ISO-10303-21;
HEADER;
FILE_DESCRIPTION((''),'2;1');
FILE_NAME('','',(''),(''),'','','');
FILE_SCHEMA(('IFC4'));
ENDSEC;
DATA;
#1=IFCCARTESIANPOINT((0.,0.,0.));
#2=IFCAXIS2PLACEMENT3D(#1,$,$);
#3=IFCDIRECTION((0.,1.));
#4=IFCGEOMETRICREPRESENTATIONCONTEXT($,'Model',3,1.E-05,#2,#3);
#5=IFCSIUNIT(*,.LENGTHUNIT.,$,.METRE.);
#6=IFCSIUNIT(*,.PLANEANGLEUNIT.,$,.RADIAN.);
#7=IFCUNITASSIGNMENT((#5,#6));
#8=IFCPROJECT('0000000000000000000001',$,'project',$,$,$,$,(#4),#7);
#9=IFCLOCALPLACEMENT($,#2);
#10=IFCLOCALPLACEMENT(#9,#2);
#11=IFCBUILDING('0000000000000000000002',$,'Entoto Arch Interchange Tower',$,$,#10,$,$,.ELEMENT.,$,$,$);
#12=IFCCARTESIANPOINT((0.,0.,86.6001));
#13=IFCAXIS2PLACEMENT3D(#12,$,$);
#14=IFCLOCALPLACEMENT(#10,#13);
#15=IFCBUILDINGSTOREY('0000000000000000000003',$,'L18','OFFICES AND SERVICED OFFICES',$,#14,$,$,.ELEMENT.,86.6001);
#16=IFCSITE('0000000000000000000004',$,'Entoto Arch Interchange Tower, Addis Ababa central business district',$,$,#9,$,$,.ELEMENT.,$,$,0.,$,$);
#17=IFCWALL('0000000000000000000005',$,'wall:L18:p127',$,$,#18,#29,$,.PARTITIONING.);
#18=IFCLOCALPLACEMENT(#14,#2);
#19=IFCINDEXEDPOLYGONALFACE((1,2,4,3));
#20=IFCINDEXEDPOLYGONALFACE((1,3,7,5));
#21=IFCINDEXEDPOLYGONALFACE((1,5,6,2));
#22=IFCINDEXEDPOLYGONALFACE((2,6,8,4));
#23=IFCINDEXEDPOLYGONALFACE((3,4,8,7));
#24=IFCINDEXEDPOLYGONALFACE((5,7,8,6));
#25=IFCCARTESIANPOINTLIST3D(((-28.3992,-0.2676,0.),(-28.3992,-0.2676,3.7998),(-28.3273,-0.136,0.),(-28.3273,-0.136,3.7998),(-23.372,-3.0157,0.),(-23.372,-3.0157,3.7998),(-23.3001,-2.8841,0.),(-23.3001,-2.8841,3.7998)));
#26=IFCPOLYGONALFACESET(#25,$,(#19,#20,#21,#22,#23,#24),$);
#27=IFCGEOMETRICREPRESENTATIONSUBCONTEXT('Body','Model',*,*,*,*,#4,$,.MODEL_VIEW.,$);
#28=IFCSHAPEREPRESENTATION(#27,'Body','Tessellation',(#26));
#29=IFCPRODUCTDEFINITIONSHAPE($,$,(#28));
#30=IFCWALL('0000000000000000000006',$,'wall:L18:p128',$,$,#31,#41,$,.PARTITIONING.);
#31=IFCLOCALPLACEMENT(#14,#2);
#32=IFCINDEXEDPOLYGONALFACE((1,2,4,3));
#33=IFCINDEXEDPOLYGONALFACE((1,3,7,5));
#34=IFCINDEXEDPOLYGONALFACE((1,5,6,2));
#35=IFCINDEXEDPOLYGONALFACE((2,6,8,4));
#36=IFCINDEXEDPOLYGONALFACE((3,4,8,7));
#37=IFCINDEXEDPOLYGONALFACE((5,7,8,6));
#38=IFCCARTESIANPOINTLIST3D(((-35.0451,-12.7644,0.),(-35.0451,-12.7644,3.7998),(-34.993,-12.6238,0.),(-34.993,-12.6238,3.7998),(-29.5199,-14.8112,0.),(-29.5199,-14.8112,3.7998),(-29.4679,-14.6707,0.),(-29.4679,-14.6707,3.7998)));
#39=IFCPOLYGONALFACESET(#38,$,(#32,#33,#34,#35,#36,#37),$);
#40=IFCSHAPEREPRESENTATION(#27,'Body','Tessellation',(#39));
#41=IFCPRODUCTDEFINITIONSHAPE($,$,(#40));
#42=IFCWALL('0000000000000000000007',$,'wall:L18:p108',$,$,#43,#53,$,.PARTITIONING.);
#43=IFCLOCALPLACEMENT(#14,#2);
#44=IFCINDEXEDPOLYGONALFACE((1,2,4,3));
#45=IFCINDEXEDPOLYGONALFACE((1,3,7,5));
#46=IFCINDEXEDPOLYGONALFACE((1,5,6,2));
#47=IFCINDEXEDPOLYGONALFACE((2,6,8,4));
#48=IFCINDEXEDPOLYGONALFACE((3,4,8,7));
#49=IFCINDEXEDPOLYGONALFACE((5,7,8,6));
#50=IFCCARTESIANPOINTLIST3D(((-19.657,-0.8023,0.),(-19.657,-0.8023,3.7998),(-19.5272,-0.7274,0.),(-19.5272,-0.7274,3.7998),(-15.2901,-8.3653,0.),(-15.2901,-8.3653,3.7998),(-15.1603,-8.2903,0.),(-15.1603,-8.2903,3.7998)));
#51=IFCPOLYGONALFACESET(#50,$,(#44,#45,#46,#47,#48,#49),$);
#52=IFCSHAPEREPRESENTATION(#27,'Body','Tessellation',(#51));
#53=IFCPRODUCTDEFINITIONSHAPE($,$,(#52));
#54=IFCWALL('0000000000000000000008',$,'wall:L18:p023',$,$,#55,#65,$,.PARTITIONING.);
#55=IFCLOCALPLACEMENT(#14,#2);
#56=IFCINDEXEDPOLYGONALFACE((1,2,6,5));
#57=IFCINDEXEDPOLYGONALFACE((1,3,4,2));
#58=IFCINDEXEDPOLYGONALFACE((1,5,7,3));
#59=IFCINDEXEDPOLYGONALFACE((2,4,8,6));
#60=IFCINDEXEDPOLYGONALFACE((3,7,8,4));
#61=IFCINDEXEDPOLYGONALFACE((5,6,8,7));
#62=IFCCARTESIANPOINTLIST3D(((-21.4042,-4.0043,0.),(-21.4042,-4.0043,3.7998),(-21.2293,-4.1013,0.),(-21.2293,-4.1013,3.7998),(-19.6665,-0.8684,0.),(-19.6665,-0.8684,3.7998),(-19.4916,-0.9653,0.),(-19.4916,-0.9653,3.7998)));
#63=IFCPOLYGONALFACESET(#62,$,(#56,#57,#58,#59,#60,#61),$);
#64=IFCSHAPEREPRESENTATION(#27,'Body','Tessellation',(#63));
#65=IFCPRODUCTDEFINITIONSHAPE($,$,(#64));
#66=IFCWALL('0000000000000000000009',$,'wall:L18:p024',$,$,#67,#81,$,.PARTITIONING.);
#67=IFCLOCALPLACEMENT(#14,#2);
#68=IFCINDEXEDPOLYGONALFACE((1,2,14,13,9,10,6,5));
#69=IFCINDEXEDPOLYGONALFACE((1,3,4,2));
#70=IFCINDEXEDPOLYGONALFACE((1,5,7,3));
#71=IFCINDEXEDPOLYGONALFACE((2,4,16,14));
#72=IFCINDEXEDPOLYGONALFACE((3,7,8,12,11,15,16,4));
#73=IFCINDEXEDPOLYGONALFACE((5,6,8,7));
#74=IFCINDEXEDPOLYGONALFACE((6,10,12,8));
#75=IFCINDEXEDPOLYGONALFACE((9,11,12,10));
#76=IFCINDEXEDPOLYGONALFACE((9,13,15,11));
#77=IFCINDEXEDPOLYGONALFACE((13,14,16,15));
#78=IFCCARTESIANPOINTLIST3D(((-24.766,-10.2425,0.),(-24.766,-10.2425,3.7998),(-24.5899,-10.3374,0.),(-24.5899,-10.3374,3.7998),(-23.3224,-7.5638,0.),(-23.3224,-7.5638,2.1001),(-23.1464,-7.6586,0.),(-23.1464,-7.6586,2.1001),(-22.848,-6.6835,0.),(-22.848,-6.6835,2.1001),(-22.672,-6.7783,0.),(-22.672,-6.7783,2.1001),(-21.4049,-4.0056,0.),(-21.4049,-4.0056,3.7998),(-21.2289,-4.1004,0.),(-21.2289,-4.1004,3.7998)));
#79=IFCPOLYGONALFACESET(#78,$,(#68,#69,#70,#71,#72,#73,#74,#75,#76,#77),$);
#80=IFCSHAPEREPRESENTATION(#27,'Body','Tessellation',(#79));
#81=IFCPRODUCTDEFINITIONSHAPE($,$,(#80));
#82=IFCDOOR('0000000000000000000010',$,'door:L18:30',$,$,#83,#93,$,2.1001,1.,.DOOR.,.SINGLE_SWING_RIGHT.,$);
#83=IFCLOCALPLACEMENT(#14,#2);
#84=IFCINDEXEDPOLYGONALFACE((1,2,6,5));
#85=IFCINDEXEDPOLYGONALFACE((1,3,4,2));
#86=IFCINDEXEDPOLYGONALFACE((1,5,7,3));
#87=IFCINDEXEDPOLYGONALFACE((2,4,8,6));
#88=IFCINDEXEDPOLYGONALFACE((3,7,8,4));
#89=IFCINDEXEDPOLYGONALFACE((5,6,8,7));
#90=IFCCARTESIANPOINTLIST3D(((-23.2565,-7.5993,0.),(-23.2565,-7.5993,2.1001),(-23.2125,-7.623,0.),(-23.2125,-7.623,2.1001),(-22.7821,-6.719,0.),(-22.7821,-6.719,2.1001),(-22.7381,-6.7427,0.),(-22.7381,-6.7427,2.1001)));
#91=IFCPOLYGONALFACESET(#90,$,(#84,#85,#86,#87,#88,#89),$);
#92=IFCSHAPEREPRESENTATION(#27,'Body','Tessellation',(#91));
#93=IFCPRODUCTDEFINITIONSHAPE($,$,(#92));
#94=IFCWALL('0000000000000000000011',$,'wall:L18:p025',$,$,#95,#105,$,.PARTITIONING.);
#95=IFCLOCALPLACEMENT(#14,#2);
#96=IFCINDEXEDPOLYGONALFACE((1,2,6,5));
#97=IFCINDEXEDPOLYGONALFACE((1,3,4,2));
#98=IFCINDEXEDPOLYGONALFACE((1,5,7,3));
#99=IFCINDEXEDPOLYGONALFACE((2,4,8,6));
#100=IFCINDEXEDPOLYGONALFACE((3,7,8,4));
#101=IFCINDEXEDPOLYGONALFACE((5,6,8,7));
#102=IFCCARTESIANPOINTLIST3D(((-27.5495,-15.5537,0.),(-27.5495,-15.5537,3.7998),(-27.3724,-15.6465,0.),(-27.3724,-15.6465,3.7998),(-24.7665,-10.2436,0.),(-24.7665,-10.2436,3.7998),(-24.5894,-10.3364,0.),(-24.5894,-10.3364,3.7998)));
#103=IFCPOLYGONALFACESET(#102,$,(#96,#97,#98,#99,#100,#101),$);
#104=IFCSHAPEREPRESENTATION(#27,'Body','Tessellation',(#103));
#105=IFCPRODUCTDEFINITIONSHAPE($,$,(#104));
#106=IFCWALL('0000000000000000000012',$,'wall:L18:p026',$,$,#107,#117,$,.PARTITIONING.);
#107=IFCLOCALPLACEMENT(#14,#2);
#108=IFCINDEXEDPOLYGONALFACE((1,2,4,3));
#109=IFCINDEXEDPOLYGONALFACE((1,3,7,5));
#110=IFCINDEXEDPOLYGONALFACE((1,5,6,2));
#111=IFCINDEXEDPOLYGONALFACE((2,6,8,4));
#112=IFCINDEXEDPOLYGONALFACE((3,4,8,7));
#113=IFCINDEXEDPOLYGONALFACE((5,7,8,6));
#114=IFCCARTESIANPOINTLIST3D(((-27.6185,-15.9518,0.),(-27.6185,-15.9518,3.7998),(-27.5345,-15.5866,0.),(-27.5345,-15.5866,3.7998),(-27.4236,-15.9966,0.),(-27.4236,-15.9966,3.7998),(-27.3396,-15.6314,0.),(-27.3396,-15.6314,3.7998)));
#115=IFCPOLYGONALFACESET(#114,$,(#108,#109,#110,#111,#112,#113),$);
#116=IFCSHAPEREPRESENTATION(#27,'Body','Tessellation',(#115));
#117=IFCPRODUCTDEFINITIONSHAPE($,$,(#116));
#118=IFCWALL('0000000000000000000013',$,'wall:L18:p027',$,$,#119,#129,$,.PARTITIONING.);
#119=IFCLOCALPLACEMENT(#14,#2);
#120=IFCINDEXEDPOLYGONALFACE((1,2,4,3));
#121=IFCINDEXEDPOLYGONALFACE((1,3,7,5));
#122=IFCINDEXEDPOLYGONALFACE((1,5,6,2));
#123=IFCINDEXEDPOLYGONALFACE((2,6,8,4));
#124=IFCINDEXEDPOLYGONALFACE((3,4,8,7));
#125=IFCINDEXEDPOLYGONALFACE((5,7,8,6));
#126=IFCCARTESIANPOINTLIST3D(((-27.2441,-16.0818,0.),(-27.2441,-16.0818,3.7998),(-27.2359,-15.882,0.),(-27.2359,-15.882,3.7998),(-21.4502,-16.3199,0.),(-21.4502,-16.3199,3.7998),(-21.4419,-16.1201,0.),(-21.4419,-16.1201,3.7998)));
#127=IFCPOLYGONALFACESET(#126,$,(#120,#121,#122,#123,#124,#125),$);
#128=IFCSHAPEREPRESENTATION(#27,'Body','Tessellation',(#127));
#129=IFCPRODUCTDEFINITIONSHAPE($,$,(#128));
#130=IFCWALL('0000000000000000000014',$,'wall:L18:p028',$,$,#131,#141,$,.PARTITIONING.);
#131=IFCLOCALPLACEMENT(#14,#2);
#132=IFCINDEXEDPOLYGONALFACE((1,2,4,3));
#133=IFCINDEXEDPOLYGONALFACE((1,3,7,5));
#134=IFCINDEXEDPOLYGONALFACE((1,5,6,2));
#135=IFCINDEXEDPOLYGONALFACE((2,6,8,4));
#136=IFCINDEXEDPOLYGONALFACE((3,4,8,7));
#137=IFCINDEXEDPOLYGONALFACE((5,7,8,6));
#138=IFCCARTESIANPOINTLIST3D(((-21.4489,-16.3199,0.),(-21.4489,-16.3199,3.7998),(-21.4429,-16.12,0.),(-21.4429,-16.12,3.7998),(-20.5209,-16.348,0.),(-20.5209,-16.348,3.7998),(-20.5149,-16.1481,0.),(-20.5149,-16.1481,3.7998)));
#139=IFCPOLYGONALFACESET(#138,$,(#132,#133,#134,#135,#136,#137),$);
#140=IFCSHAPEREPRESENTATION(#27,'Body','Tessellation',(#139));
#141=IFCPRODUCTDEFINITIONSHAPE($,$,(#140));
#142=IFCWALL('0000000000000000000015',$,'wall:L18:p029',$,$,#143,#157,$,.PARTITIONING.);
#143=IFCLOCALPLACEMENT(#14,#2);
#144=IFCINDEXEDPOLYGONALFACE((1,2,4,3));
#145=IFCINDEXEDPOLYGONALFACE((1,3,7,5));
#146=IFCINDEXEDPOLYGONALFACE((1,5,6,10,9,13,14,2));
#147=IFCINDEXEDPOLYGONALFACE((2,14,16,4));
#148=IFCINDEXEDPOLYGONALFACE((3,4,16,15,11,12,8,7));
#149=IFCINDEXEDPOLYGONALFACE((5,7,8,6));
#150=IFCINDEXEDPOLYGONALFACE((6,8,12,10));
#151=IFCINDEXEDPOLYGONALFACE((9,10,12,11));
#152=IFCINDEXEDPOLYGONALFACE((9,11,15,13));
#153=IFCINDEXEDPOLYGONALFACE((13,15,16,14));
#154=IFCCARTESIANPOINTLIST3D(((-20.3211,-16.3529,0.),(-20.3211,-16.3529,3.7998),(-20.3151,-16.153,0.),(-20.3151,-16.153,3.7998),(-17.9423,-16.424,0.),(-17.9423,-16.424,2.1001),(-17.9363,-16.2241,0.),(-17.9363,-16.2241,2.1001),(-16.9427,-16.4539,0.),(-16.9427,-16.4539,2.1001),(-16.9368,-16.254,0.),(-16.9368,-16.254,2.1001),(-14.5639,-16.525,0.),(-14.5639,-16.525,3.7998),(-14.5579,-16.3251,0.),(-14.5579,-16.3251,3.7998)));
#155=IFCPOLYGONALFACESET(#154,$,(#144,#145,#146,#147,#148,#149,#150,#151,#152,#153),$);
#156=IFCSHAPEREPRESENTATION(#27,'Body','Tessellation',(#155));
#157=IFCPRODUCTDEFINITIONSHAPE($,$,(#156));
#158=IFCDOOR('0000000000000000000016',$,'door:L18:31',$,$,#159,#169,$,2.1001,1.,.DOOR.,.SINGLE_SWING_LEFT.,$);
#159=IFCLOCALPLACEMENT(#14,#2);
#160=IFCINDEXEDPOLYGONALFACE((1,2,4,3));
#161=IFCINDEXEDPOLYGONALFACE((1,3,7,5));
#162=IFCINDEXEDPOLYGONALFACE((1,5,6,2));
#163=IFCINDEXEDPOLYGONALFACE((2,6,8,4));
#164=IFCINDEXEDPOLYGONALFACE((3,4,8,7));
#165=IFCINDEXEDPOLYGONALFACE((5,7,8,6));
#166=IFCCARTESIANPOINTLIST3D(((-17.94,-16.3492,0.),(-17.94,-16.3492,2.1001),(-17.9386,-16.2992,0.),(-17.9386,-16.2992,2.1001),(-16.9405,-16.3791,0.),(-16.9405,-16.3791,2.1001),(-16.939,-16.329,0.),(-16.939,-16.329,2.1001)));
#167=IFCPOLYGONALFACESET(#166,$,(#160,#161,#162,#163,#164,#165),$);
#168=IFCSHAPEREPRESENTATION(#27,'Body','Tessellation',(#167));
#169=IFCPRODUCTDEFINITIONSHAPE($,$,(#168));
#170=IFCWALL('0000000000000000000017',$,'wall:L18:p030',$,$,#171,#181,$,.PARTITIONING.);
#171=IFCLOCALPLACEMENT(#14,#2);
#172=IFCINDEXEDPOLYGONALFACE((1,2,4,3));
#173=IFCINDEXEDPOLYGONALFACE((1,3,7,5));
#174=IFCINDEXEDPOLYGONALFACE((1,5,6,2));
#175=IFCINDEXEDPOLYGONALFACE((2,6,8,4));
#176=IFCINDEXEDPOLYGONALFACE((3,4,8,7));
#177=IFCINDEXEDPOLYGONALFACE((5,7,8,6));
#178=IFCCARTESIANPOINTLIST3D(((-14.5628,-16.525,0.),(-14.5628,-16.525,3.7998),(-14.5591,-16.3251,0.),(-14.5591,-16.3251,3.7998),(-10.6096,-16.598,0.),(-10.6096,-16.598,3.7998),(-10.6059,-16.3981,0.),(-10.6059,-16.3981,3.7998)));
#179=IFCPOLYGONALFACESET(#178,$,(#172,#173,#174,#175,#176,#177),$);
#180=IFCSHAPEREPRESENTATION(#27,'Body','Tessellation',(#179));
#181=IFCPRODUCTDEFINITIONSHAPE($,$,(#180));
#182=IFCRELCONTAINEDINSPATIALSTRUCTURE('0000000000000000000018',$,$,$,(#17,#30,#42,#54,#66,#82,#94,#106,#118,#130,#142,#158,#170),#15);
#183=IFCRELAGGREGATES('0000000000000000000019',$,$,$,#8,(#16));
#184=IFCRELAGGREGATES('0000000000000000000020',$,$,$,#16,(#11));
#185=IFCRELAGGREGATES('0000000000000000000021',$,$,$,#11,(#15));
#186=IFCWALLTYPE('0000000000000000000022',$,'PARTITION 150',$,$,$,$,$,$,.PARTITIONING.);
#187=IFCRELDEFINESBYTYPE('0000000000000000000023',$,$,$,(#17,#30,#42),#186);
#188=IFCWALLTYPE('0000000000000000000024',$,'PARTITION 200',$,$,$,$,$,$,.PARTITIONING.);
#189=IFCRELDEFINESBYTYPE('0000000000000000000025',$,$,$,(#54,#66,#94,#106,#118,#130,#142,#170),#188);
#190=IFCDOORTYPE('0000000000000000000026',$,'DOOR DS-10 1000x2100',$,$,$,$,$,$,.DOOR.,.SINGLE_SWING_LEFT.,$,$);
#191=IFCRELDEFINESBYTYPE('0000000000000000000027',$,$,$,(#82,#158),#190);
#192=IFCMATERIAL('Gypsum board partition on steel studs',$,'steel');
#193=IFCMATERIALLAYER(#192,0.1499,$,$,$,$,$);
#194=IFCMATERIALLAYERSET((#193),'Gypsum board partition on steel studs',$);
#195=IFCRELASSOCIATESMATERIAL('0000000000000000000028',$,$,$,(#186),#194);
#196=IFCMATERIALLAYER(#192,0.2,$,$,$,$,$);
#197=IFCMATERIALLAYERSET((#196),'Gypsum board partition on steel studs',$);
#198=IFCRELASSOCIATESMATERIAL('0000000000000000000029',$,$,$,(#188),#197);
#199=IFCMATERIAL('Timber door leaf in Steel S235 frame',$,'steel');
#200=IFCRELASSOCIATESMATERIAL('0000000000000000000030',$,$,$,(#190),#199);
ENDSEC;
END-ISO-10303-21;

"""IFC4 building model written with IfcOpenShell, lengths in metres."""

from ifc_helpers import new_model, si_unit, direction, frame, frame_2d, origin, place, context, subcontext, project, spatial, rectangle, extrude, material, layer, layer_set, type_object, element, fill, save


model = new_model("IFC4")

# Units and contexts
model_context = context("Model", 3, precision=1e-05, world=origin(), true_north=direction((0.0, 1.0)))
body_context = subcontext(model_context, "Body", "Model", "MODEL_VIEW")
ifc_project = project(units=[si_unit("LENGTHUNIT", "METRE"), si_unit("PLANEANGLEUNIT", "RADIAN")], contexts=[model_context])

# Site, building, storey
site_placement = place(None, origin())
site = spatial("IfcSite", under=ifc_project, at=site_placement, Name="Entoto Arch Interchange Tower, Addis Ababa central business district", CompositionType="ELEMENT", RefElevation=0.0)
building_placement = place(site_placement, origin())
building = spatial("IfcBuilding", under=site, at=building_placement, Name="Entoto Arch Interchange Tower", CompositionType="ELEMENT")
storey_placement = place(building_placement, frame((0.0, 0.0, 86.6001)))
storey = spatial("IfcBuildingStorey", under=building, at=storey_placement, Name="L18", Description="OFFICES AND SERVICED OFFICES", CompositionType="ELEMENT", Elevation=86.6001)

# Walls
ifc_material_1 = material(Name="Gypsum board partition on steel studs", Category="steel")
ifc_layer_1 = layer(ifc_material_1, 0.1499)
ifc_layer_set_1 = layer_set([ifc_layer_1], Name="Gypsum board partition on steel studs")
wall_type_1 = type_object("IfcWallType", Name="PARTITION 150", PredefinedType="PARTITIONING", material=ifc_layer_set_1)
wall_1_placement = place(storey_placement, frame((-23.3359, -2.95, 0.0), z_axis=(0.0, 0.0, 1.0), x_axis=(-0.877455, 0.479658, 0.0)))
element("IfcWall", 1, at=wall_1_placement, inside=storey, type_object=wall_type_1, Name="wall:L18:p127", PredefinedType="PARTITIONING", context=body_context, shape_type="SweptSolid", body=[
    extrude(rectangle(XDim=5.7292, YDim=0.1499, at=frame_2d((2.8647, 0.0))), origin(), (0.0, 0.0, 1.0), 3.7998),
])
wall_2_placement = place(storey_placement, frame((-29.4939, -14.741, 0.0), z_axis=(0.0, 0.0, 1.0), x_axis=(-0.93772, 0.347393, 0.0)))
element("IfcWall", 2, at=wall_2_placement, inside=storey, type_object=wall_type_1, Name="wall:L18:p128", PredefinedType="PARTITIONING", context=body_context, shape_type="SweptSolid", body=[
    extrude(rectangle(XDim=5.8921, YDim=0.1499, at=frame_2d((2.946, 0.0))), origin(), (0.0, 0.0, 1.0), 3.7998),
])
wall_3_placement = place(storey_placement, frame((-15.2251, -8.3279, 0.0), z_axis=(0.0, 0.0, 1.0), x_axis=(-0.500039, 0.866003, 0.0)))
element("IfcWall", 3, at=wall_3_placement, inside=storey, type_object=wall_type_1, Name="wall:L18:p108", PredefinedType="PARTITIONING", context=body_context, shape_type="SweptSolid", body=[
    extrude(rectangle(XDim=8.7332, YDim=0.1499, at=frame_2d((4.3667, 0.0))), origin(), (0.0, 0.0, 1.0), 3.7998),
])
ifc_layer_2 = layer(ifc_material_1, 0.2)
ifc_layer_set_2 = layer_set([ifc_layer_2], Name="Gypsum board partition on steel studs")
wall_type_2 = type_object("IfcWallType", Name="PARTITION 200", PredefinedType="PARTITIONING", material=ifc_layer_set_2)
wall_4_placement = place(storey_placement, frame((-19.5791, -0.917, 0.0), z_axis=(0.0, 0.0, 1.0), x_axis=(-0.4847, -0.87468, 0.0)))
element("IfcWall", 4, at=wall_4_placement, inside=storey, type_object=wall_type_2, Name="wall:L18:p023", PredefinedType="PARTITIONING", context=body_context, shape_type="SweptSolid", body=[
    extrude(rectangle(XDim=3.5852, YDim=0.2, at=frame_2d((1.7925, 0.0))), origin(), (0.0, 0.0, 1.0), 3.7998),
])

# Wall, opening, door
wall_5_placement = place(storey_placement, frame((-21.3169, -4.053, 0.0), z_axis=(0.0, 0.0, 1.0), x_axis=(-0.474392, -0.880314, 0.0)))
wall_5 = element("IfcWall", 5, at=wall_5_placement, inside=storey, type_object=wall_type_2, Name="wall:L18:p024", PredefinedType="PARTITIONING", context=body_context, shape_type="SweptSolid", body=[
    extrude(rectangle(XDim=7.085, YDim=0.2, at=frame_2d((3.5425, 0.0))), origin(), (0.0, 0.0, 1.0), 3.7998),
])
opening_1_placement = place(wall_5_placement, frame((3.042, 0.0, 0.0)))
opening_1 = element("IfcOpeningElement", 6, at=opening_1_placement, cuts=wall_5, PredefinedType="OPENING", context=body_context, shape_type="SweptSolid", body=[
    extrude(rectangle(XDim=1.0, YDim=2.1001, at=frame_2d((0.5, 1.05))), frame((0.0, 0.1099, 0.0), z_axis=(0.0, -1.0, 0.0), x_axis=(1.0, 0.0, 0.0)), (0.0, 0.0, 1.0), 0.22),
])
ifc_material_2 = material(Name="Timber door leaf in Steel S235 frame", Category="steel")
door_type = type_object("IfcDoorType", Name="DOOR DS-10 1000x2100", OperationType="SINGLE_SWING_LEFT", PredefinedType="DOOR", material=ifc_material_2)
door_1_placement = place(opening_1_placement, origin())
door_1 = element("IfcDoor", 7, at=door_1_placement, inside=storey, type_object=door_type, Name="door:L18:30", OperationType="SINGLE_SWING_RIGHT", OverallHeight=2.1001, OverallWidth=1.0, PredefinedType="DOOR", context=body_context, shape_type="SweptSolid", body=[
    extrude(rectangle(XDim=1.0, YDim=2.1001, at=frame_2d((0.5, 1.05))), frame((0.0, 0.0249, 0.0), z_axis=(0.0, -1.0, 0.0), x_axis=(1.0, 0.0, 0.0)), (0.0, 0.0, 1.0), 0.05),
])
fill(opening_1, door_1)

# Walls
wall_6_placement = place(storey_placement, frame((-24.678, -10.29, 0.0), z_axis=(0.0, 0.0, 1.0), x_axis=(-0.464203, -0.885729, 0.0)))
element("IfcWall", 8, at=wall_6_placement, inside=storey, type_object=wall_type_2, Name="wall:L18:p025", PredefinedType="PARTITIONING", context=body_context, shape_type="SweptSolid", body=[
    extrude(rectangle(XDim=5.9951, YDim=0.2, at=frame_2d((2.9976, 0.0))), origin(), (0.0, 0.0, 1.0), 3.7998),
])
wall_7_placement = place(storey_placement, frame((-27.437, -15.6089, 0.0), z_axis=(0.0, 0.0, 1.0), x_axis=(-0.224098, -0.974567, 0.0)))
element("IfcWall", 9, at=wall_7_placement, inside=storey, type_object=wall_type_2, Name="wall:L18:p026", PredefinedType="PARTITIONING", context=body_context, shape_type="SweptSolid", body=[
    extrude(rectangle(XDim=0.3748, YDim=0.2, at=frame_2d((0.1875, 0.0))), origin(), (0.0, 0.0, 1.0), 3.7998),
])
wall_8_placement = place(storey_placement, frame((-27.24, -15.9819, 0.0), z_axis=(0.0, 0.0, 1.0), x_axis=(0.999157, -0.041049, 0.0)))
element("IfcWall", 10, at=wall_8_placement, inside=storey, type_object=wall_type_2, Name="wall:L18:p027", PredefinedType="PARTITIONING", context=body_context, shape_type="SweptSolid", body=[
    extrude(rectangle(XDim=5.7988, YDim=0.2, at=frame_2d((2.8994, 0.0))), origin(), (0.0, 0.0, 1.0), 3.7998),
])
wall_9_placement = place(storey_placement, frame((-21.446, -16.22, 0.0), z_axis=(0.0, 0.0, 1.0), x_axis=(0.999543, -0.030241, 0.0)))
element("IfcWall", 11, at=wall_9_placement, inside=storey, type_object=wall_type_2, Name="wall:L18:p028", PredefinedType="PARTITIONING", context=body_context, shape_type="SweptSolid", body=[
    extrude(rectangle(XDim=0.9285, YDim=0.2, at=frame_2d((0.4644, 0.0))), origin(), (0.0, 0.0, 1.0), 3.7998),
])

# Wall, opening, door
wall_10_placement = place(storey_placement, frame((-20.3181, -16.2529, 0.0), z_axis=(0.0, 0.0, 1.0), x_axis=(0.999553, -0.029884, 0.0)))
wall_10 = element("IfcWall", 12, at=wall_10_placement, inside=storey, type_object=wall_type_2, Name="wall:L18:p029", PredefinedType="PARTITIONING", context=body_context, shape_type="SweptSolid", body=[
    extrude(rectangle(XDim=5.7598, YDim=0.2, at=frame_2d((2.8799, 0.0))), origin(), (0.0, 0.0, 1.0), 3.7998),
])
opening_2_placement = place(wall_10_placement, frame((2.3799, 0.0, 0.0)))
opening_2 = element("IfcOpeningElement", 13, at=opening_2_placement, cuts=wall_10, PredefinedType="OPENING", context=body_context, shape_type="SweptSolid", body=[
    extrude(rectangle(XDim=1.0, YDim=2.1001, at=frame_2d((0.5, 1.05))), frame((0.0, 0.1099, 0.0), z_axis=(0.0, -1.0, 0.0), x_axis=(1.0, 0.0, 0.0)), (0.0, 0.0, 1.0), 0.22),
])
door_2_placement = place(opening_2_placement, origin())
door_2 = element("IfcDoor", 14, at=door_2_placement, inside=storey, type_object=door_type, Name="door:L18:31", OperationType="SINGLE_SWING_LEFT", OverallHeight=2.1001, OverallWidth=1.0, PredefinedType="DOOR", context=body_context, shape_type="SweptSolid", body=[
    extrude(rectangle(XDim=1.0, YDim=2.1001, at=frame_2d((0.5, 1.05))), frame((0.0, 0.0249, 0.0), z_axis=(0.0, -1.0, 0.0), x_axis=(1.0, 0.0, 0.0)), (0.0, 0.0, 1.0), 0.05),
])
fill(opening_2, door_2)

# Wall
wall_11_placement = place(storey_placement, frame((-14.561, -16.425, 0.0), z_axis=(0.0, 0.0, 1.0), x_axis=(0.99983, -0.018463, 0.0)))
element("IfcWall", 15, at=wall_11_placement, inside=storey, type_object=wall_type_2, Name="wall:L18:p030", PredefinedType="PARTITIONING", context=body_context, shape_type="SweptSolid", body=[
    extrude(rectangle(XDim=3.9539, YDim=0.2, at=frame_2d((1.9771, 0.0))), origin(), (0.0, 0.0, 1.0), 3.7998),
])

save(model, "model.ifc")
